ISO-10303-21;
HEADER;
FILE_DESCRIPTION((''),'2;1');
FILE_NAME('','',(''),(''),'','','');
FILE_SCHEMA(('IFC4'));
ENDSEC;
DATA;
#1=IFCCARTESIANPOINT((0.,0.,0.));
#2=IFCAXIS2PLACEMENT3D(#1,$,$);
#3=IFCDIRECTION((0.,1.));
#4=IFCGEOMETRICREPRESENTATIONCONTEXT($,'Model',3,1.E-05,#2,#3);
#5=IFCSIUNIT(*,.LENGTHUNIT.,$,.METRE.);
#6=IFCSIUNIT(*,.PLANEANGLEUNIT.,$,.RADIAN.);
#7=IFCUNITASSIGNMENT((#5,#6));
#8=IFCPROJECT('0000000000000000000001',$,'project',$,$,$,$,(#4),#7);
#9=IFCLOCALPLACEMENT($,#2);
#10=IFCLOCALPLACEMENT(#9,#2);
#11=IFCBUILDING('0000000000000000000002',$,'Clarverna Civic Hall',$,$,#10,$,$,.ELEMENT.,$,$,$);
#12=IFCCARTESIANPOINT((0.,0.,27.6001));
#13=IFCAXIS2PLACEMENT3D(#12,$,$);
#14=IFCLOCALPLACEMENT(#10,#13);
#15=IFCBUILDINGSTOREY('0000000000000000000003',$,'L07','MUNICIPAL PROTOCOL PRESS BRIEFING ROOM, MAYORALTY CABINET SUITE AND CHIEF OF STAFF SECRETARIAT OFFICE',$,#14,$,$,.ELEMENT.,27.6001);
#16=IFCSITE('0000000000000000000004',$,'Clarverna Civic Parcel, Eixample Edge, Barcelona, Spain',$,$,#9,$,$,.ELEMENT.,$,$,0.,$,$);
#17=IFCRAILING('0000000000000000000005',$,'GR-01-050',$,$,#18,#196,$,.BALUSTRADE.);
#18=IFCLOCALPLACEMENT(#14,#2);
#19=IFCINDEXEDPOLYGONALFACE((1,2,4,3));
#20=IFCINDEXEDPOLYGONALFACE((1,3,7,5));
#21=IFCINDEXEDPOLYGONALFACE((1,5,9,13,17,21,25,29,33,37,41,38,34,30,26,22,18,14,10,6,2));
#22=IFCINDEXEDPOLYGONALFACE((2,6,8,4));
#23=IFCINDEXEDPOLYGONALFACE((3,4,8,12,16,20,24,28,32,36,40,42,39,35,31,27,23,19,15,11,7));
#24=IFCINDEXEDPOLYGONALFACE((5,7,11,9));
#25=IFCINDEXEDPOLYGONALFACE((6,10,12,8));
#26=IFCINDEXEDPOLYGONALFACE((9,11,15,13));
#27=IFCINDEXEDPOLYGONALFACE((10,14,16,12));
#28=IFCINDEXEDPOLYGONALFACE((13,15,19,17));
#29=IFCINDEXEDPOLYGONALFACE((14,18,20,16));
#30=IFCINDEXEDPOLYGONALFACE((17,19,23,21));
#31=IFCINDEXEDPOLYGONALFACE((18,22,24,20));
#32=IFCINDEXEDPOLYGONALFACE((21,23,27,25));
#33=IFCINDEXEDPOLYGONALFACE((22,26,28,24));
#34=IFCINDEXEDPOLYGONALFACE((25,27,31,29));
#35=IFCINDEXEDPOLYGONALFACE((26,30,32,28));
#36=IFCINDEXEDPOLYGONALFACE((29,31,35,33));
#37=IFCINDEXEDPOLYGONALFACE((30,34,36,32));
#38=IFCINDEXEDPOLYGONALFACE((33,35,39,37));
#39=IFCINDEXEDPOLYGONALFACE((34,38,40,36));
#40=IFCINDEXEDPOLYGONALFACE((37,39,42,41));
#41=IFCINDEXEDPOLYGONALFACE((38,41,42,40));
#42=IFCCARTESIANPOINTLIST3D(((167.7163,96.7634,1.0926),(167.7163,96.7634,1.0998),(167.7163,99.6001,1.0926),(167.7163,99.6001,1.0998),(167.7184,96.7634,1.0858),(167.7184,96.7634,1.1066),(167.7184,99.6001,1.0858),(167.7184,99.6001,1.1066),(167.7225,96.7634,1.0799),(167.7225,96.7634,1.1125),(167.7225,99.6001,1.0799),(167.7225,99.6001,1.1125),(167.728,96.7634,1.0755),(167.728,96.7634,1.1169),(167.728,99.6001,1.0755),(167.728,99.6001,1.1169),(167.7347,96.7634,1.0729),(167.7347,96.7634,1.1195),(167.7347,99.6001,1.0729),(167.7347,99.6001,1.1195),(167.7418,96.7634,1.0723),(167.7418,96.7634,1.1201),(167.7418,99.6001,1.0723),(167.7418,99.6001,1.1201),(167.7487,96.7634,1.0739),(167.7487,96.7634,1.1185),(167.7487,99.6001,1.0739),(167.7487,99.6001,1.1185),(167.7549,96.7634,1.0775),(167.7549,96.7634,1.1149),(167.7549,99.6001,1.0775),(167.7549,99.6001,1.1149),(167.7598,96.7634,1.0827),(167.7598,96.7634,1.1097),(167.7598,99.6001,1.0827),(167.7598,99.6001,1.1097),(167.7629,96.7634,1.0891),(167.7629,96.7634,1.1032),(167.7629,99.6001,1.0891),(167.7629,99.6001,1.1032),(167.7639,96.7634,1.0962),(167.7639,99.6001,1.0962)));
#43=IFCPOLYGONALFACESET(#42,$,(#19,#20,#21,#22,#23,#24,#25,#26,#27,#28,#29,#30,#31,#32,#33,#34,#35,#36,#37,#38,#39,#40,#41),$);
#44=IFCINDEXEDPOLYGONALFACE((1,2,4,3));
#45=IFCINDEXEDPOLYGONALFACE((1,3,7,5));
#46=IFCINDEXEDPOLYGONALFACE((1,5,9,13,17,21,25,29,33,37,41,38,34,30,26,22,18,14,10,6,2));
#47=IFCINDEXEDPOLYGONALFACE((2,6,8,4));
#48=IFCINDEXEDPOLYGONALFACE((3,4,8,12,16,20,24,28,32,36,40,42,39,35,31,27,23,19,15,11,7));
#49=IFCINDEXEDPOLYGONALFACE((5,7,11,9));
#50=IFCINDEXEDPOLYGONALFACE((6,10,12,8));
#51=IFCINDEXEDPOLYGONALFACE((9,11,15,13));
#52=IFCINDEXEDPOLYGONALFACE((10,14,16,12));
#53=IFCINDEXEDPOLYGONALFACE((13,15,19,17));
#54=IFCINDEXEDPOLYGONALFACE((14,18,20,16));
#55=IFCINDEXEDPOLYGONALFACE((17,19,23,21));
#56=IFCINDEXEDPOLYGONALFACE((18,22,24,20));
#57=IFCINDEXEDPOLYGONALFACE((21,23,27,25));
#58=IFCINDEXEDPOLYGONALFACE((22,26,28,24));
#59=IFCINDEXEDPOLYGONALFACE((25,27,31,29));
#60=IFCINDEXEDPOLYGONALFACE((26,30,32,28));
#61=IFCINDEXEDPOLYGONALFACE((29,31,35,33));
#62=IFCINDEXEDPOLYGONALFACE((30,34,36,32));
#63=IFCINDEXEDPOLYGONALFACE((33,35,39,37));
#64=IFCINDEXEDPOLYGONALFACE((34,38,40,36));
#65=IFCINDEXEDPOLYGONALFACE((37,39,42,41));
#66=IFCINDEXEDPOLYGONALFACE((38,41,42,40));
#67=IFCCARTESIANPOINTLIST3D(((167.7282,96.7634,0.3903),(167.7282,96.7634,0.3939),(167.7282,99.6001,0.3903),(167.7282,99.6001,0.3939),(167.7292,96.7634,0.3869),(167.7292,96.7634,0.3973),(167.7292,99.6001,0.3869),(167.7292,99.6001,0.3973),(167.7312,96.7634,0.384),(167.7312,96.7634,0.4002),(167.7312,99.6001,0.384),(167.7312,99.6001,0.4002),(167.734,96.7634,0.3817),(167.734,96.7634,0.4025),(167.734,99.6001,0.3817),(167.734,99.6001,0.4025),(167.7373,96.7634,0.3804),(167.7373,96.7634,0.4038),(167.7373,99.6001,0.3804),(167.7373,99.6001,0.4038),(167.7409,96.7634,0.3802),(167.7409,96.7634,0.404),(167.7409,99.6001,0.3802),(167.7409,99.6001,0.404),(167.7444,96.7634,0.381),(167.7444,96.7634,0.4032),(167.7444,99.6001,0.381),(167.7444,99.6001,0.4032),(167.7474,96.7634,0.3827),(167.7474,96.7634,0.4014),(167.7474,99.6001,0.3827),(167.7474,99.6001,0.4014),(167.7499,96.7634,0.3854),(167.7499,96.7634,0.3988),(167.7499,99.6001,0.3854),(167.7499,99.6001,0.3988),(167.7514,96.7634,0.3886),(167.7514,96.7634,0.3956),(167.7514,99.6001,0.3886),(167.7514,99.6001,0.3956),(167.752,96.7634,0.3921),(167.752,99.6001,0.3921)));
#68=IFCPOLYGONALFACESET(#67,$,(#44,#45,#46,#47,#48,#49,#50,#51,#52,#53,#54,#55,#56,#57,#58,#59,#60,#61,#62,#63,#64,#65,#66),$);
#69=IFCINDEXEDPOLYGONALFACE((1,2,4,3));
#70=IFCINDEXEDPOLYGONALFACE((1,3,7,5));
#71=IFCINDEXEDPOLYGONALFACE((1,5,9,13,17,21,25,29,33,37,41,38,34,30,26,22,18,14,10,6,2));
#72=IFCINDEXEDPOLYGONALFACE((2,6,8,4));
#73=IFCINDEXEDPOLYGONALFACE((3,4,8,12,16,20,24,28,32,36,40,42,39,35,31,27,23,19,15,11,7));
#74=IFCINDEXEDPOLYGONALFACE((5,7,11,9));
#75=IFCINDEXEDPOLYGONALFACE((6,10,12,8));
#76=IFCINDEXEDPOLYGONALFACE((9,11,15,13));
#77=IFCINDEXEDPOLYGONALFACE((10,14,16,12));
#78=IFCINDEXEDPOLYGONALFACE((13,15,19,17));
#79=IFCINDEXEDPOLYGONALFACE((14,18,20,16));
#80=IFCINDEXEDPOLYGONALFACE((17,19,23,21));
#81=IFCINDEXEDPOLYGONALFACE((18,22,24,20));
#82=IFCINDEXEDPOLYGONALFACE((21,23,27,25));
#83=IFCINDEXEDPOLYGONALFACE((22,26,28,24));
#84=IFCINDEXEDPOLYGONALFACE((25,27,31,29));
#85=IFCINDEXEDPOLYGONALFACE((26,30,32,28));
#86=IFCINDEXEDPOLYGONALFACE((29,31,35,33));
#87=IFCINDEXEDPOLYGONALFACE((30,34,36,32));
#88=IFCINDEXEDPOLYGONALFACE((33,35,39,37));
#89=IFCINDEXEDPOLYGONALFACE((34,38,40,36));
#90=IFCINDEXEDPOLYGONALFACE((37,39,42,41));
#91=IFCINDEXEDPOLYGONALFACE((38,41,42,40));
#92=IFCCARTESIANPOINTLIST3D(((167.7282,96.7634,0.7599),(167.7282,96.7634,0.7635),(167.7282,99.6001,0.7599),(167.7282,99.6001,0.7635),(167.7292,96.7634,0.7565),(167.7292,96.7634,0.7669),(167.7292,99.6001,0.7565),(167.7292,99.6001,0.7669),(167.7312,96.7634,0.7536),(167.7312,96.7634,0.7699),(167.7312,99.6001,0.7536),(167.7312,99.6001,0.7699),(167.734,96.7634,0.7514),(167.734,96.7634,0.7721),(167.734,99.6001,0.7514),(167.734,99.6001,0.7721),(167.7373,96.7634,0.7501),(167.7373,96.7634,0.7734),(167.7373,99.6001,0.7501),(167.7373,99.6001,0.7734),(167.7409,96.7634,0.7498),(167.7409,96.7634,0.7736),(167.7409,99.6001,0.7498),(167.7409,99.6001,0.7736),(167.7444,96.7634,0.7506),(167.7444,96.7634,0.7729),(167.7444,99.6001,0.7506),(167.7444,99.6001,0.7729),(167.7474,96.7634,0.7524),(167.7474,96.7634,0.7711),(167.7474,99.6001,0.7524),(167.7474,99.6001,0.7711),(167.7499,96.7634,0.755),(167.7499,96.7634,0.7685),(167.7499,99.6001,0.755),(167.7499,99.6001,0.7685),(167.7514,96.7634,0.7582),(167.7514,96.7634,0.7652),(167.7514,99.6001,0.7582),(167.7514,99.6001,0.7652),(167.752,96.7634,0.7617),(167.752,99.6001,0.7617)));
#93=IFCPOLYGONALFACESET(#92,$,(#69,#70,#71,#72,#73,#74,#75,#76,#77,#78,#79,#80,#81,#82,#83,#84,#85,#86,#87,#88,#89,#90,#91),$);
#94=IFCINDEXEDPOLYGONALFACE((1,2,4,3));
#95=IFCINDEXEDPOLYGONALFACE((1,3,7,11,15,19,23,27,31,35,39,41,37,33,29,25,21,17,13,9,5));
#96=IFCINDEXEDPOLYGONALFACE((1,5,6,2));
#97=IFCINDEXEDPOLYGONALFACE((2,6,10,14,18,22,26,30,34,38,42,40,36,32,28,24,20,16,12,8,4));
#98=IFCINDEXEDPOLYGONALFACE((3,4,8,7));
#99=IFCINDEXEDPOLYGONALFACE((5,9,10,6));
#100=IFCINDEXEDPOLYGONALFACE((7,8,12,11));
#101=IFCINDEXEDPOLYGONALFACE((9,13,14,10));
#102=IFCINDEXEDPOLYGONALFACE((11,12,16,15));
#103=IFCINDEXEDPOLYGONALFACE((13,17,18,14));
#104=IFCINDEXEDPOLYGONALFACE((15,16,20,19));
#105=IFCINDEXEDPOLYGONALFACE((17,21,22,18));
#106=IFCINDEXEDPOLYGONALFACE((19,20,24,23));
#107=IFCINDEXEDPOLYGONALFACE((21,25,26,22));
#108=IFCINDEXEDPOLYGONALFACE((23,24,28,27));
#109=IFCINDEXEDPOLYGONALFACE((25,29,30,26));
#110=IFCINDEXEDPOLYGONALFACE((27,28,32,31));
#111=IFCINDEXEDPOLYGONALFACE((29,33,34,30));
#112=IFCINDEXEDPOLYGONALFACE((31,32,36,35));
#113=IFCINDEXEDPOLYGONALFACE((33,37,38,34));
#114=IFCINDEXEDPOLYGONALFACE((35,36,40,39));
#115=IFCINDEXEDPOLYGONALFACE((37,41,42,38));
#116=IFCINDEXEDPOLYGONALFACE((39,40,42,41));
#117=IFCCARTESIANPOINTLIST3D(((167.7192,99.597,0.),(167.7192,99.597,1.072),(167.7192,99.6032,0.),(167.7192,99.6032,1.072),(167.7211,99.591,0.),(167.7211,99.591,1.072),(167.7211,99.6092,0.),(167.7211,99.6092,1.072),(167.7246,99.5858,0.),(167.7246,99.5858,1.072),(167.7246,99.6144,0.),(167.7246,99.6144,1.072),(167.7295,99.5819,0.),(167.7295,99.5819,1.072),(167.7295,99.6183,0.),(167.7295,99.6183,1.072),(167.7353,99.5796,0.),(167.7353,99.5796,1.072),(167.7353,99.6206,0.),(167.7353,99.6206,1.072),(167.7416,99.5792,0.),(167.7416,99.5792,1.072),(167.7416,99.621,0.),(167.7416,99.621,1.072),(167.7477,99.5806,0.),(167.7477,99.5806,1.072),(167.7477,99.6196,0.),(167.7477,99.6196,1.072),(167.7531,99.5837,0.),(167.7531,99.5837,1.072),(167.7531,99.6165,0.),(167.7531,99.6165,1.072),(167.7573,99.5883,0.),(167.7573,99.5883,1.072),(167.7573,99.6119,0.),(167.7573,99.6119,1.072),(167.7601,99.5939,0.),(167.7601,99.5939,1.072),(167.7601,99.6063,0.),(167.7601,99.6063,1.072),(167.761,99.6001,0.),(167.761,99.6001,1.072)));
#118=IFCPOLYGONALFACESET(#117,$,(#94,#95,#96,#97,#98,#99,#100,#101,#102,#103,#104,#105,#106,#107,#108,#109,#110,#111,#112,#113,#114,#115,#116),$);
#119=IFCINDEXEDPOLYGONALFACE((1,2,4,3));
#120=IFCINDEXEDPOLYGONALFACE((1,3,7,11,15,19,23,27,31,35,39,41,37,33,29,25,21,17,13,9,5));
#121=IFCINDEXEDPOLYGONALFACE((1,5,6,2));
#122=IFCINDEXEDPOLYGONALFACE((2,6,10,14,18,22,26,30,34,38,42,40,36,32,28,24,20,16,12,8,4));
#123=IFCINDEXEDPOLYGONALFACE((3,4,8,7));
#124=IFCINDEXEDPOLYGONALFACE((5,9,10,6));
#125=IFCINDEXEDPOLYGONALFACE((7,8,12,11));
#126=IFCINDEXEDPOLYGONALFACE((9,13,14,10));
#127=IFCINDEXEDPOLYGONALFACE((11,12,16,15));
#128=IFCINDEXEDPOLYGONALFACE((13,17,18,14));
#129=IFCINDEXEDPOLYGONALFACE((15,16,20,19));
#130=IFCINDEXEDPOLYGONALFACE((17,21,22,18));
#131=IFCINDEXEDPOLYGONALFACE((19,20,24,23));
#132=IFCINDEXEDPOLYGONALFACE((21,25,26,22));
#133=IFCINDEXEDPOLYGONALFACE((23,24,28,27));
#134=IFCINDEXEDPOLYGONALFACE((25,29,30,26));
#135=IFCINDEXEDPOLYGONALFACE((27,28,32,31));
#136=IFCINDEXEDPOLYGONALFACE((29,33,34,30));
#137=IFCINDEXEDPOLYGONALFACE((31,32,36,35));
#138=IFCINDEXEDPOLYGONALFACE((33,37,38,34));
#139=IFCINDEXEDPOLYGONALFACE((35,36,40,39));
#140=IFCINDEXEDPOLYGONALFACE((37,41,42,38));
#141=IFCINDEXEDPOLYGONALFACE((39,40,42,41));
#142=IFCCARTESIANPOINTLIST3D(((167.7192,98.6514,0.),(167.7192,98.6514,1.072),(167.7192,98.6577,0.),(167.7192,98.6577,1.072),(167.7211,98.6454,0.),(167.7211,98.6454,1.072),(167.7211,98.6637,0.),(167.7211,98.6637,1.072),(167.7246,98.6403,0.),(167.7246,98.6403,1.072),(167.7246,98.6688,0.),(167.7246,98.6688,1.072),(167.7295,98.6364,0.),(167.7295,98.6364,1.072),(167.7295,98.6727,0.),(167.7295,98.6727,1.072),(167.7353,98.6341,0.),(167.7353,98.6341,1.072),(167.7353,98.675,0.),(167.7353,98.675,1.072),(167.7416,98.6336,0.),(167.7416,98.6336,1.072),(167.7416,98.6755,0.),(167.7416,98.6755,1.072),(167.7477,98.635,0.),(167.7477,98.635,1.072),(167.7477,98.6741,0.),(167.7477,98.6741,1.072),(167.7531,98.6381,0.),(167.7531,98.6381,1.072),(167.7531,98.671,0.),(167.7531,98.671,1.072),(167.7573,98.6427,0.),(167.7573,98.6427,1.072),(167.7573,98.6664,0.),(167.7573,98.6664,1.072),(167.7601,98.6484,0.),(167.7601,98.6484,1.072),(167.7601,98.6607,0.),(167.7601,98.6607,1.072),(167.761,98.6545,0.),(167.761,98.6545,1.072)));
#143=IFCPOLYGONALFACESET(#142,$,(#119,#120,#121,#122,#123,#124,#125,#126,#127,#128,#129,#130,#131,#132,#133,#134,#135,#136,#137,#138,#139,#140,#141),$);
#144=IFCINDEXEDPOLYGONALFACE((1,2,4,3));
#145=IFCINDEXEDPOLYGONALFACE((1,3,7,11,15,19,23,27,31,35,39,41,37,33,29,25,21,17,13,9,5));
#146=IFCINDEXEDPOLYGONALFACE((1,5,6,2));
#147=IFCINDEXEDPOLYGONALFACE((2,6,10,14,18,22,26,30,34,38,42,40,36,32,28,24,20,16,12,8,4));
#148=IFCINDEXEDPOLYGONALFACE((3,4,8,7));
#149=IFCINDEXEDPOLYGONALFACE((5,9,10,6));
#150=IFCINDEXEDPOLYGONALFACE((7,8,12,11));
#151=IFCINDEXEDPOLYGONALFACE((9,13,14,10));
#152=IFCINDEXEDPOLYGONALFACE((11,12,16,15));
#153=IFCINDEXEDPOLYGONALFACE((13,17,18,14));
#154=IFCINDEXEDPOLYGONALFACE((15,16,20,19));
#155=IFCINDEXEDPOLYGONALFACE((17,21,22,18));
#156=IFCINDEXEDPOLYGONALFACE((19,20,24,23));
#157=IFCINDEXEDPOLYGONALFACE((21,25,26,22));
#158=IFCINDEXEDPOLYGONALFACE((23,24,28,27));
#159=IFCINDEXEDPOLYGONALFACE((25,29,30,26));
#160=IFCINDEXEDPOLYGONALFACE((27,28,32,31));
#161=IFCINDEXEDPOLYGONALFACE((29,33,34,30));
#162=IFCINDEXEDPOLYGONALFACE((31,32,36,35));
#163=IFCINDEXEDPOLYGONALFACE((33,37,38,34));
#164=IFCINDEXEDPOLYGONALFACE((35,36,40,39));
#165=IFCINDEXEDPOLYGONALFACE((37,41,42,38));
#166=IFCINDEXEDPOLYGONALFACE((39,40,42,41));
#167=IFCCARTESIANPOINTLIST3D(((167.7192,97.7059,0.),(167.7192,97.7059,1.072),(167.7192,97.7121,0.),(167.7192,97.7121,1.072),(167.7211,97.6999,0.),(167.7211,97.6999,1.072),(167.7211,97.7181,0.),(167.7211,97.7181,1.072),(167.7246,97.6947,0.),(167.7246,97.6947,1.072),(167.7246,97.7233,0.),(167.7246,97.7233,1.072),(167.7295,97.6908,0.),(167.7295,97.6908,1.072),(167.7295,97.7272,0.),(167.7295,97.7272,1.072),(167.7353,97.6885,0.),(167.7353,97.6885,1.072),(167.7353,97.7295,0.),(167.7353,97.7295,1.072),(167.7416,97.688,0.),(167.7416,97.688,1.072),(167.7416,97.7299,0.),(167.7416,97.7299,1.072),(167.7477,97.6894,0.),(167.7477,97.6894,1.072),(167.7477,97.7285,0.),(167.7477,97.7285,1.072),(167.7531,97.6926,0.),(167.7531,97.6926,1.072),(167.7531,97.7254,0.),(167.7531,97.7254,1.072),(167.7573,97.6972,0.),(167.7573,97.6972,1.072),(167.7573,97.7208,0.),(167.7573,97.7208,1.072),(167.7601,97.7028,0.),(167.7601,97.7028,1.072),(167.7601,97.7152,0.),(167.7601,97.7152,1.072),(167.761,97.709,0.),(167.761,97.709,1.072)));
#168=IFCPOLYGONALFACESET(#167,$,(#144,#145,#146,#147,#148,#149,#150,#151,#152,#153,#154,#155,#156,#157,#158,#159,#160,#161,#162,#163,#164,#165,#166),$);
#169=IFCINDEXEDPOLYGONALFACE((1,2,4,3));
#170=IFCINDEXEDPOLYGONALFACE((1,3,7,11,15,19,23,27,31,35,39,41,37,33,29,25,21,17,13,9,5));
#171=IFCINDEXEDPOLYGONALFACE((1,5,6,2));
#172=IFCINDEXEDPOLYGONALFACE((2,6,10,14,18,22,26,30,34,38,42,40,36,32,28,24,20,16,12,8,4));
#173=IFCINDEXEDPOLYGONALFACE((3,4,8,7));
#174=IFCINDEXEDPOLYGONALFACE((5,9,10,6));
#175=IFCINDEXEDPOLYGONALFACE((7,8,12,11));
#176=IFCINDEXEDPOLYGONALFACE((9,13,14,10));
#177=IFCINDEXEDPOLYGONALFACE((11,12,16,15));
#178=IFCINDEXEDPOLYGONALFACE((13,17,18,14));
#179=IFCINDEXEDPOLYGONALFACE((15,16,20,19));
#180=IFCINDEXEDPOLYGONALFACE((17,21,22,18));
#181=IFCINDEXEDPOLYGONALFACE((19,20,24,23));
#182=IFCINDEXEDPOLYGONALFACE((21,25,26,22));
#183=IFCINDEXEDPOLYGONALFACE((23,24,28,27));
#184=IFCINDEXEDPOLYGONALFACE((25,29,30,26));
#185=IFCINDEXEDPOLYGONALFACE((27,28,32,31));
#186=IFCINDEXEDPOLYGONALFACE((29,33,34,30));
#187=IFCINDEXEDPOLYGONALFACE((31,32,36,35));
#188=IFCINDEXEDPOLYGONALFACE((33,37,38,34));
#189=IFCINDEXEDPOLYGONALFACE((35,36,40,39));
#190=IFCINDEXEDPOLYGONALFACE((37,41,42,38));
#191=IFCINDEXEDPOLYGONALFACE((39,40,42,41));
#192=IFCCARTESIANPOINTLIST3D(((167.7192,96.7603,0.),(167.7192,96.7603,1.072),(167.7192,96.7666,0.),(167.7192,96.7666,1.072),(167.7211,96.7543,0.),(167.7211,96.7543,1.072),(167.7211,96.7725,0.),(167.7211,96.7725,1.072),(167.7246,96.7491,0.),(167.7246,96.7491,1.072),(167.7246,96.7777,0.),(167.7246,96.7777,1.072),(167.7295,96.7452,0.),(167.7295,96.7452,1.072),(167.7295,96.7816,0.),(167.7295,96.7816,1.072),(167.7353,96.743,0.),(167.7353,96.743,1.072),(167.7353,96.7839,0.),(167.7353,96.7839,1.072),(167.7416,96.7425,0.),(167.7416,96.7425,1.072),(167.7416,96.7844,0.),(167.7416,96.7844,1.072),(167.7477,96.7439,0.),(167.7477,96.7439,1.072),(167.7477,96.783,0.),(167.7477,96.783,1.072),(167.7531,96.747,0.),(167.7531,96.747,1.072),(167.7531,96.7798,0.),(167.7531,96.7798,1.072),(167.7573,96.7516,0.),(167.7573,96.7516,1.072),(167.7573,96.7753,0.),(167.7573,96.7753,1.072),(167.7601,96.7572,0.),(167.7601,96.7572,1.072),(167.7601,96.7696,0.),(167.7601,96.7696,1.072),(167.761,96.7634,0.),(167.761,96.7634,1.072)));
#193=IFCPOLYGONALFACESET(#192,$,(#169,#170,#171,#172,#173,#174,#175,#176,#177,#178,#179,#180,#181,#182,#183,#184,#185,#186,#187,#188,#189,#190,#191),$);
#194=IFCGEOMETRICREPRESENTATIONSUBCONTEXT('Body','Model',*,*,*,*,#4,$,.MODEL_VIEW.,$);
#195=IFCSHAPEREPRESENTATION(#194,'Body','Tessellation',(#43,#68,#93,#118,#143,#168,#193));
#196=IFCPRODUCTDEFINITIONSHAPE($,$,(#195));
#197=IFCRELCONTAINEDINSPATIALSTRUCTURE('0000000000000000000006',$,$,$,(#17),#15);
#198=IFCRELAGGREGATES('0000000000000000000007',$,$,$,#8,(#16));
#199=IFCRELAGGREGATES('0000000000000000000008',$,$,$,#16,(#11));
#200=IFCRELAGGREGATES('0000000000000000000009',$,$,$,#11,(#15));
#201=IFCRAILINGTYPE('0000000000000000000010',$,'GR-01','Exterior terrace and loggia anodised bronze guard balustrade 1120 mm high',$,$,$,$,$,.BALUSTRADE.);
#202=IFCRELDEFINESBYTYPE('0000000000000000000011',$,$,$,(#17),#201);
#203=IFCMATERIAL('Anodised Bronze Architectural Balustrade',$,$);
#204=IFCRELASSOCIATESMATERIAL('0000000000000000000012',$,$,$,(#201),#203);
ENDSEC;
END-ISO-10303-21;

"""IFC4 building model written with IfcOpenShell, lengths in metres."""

from ifc_helpers import new_model, si_unit, direction, frame, origin, origin_2d, place, context, subcontext, project, spatial, circle, extrude, material, type_object, element, save


model = new_model("IFC4")

# Units and contexts
model_context = context("Model", 3, precision=1e-05, world=origin(), true_north=direction((0.0, 1.0)))
body_context = subcontext(model_context, "Body", "Model", "MODEL_VIEW")
ifc_project = project(units=[si_unit("LENGTHUNIT", "METRE"), si_unit("PLANEANGLEUNIT", "RADIAN")], contexts=[model_context])

# Site, building, storey
site_placement = place(None, origin())
site = spatial("IfcSite", under=ifc_project, at=site_placement, Name="Clarverna Civic Parcel, Eixample Edge, Barcelona, Spain", CompositionType="ELEMENT", RefElevation=0.0)
building_placement = place(site_placement, origin())
building = spatial("IfcBuilding", under=site, at=building_placement, Name="Clarverna Civic Hall", CompositionType="ELEMENT")
storey_placement = place(building_placement, frame((0.0, 0.0, 27.6001)))
storey = spatial("IfcBuildingStorey", under=building, at=storey_placement, Name="L07", Description="MUNICIPAL PROTOCOL PRESS BRIEFING ROOM, MAYORALTY CABINET SUITE AND CHIEF OF STAFF SECRETARIAT OFFICE", CompositionType="ELEMENT", Elevation=27.6001)

# Railing
ifc_material_1 = material(Name="Anodised Bronze Architectural Balustrade")
railing_type = type_object("IfcRailingType", Name="GR-01", Description="Exterior terrace and loggia anodised bronze guard balustrade 1120 mm high", PredefinedType="BALUSTRADE", material=ifc_material_1)
railing_placement = place(storey_placement, frame((167.74, 99.6001, 0.0)))
element("IfcRailing", 1, at=railing_placement, inside=storey, type_object=railing_type, Name="GR-01-050", PredefinedType="BALUSTRADE", context=body_context, shape_type="SweptSolid", body=[
    extrude(circle(Radius=0.0239, at=origin_2d()), frame((0.0, 0.0, 1.0962), z_axis=(0.0, -1.0, 0.0), x_axis=(1.0, 0.0, 0.0)), (0.0, 0.0, 1.0), 2.8367),
    extrude(circle(Radius=0.012, at=origin_2d()), frame((0.0, 0.0, 0.3921), z_axis=(0.0, -1.0, 0.0), x_axis=(1.0, 0.0, 0.0)), (0.0, 0.0, 1.0), 2.8367),
    extrude(circle(Radius=0.012, at=origin_2d()), frame((0.0, 0.0, 0.7617), z_axis=(0.0, -1.0, 0.0), x_axis=(1.0, 0.0, 0.0)), (0.0, 0.0, 1.0), 2.8367),
    extrude(circle(Radius=0.021, at=origin_2d()), origin(), (0.0, 0.0, 1.0), 1.072),
    extrude(circle(Radius=0.021, at=origin_2d()), frame((0.0, -0.9456, 0.0)), (0.0, 0.0, 1.0), 1.072),
    extrude(circle(Radius=0.021, at=origin_2d()), frame((0.0, -1.8911, 0.0)), (0.0, 0.0, 1.0), 1.072),
    extrude(circle(Radius=0.021, at=origin_2d()), frame((0.0, -2.8367, 0.0)), (0.0, 0.0, 1.0), 1.072),
])

save(model, "model.ifc")
